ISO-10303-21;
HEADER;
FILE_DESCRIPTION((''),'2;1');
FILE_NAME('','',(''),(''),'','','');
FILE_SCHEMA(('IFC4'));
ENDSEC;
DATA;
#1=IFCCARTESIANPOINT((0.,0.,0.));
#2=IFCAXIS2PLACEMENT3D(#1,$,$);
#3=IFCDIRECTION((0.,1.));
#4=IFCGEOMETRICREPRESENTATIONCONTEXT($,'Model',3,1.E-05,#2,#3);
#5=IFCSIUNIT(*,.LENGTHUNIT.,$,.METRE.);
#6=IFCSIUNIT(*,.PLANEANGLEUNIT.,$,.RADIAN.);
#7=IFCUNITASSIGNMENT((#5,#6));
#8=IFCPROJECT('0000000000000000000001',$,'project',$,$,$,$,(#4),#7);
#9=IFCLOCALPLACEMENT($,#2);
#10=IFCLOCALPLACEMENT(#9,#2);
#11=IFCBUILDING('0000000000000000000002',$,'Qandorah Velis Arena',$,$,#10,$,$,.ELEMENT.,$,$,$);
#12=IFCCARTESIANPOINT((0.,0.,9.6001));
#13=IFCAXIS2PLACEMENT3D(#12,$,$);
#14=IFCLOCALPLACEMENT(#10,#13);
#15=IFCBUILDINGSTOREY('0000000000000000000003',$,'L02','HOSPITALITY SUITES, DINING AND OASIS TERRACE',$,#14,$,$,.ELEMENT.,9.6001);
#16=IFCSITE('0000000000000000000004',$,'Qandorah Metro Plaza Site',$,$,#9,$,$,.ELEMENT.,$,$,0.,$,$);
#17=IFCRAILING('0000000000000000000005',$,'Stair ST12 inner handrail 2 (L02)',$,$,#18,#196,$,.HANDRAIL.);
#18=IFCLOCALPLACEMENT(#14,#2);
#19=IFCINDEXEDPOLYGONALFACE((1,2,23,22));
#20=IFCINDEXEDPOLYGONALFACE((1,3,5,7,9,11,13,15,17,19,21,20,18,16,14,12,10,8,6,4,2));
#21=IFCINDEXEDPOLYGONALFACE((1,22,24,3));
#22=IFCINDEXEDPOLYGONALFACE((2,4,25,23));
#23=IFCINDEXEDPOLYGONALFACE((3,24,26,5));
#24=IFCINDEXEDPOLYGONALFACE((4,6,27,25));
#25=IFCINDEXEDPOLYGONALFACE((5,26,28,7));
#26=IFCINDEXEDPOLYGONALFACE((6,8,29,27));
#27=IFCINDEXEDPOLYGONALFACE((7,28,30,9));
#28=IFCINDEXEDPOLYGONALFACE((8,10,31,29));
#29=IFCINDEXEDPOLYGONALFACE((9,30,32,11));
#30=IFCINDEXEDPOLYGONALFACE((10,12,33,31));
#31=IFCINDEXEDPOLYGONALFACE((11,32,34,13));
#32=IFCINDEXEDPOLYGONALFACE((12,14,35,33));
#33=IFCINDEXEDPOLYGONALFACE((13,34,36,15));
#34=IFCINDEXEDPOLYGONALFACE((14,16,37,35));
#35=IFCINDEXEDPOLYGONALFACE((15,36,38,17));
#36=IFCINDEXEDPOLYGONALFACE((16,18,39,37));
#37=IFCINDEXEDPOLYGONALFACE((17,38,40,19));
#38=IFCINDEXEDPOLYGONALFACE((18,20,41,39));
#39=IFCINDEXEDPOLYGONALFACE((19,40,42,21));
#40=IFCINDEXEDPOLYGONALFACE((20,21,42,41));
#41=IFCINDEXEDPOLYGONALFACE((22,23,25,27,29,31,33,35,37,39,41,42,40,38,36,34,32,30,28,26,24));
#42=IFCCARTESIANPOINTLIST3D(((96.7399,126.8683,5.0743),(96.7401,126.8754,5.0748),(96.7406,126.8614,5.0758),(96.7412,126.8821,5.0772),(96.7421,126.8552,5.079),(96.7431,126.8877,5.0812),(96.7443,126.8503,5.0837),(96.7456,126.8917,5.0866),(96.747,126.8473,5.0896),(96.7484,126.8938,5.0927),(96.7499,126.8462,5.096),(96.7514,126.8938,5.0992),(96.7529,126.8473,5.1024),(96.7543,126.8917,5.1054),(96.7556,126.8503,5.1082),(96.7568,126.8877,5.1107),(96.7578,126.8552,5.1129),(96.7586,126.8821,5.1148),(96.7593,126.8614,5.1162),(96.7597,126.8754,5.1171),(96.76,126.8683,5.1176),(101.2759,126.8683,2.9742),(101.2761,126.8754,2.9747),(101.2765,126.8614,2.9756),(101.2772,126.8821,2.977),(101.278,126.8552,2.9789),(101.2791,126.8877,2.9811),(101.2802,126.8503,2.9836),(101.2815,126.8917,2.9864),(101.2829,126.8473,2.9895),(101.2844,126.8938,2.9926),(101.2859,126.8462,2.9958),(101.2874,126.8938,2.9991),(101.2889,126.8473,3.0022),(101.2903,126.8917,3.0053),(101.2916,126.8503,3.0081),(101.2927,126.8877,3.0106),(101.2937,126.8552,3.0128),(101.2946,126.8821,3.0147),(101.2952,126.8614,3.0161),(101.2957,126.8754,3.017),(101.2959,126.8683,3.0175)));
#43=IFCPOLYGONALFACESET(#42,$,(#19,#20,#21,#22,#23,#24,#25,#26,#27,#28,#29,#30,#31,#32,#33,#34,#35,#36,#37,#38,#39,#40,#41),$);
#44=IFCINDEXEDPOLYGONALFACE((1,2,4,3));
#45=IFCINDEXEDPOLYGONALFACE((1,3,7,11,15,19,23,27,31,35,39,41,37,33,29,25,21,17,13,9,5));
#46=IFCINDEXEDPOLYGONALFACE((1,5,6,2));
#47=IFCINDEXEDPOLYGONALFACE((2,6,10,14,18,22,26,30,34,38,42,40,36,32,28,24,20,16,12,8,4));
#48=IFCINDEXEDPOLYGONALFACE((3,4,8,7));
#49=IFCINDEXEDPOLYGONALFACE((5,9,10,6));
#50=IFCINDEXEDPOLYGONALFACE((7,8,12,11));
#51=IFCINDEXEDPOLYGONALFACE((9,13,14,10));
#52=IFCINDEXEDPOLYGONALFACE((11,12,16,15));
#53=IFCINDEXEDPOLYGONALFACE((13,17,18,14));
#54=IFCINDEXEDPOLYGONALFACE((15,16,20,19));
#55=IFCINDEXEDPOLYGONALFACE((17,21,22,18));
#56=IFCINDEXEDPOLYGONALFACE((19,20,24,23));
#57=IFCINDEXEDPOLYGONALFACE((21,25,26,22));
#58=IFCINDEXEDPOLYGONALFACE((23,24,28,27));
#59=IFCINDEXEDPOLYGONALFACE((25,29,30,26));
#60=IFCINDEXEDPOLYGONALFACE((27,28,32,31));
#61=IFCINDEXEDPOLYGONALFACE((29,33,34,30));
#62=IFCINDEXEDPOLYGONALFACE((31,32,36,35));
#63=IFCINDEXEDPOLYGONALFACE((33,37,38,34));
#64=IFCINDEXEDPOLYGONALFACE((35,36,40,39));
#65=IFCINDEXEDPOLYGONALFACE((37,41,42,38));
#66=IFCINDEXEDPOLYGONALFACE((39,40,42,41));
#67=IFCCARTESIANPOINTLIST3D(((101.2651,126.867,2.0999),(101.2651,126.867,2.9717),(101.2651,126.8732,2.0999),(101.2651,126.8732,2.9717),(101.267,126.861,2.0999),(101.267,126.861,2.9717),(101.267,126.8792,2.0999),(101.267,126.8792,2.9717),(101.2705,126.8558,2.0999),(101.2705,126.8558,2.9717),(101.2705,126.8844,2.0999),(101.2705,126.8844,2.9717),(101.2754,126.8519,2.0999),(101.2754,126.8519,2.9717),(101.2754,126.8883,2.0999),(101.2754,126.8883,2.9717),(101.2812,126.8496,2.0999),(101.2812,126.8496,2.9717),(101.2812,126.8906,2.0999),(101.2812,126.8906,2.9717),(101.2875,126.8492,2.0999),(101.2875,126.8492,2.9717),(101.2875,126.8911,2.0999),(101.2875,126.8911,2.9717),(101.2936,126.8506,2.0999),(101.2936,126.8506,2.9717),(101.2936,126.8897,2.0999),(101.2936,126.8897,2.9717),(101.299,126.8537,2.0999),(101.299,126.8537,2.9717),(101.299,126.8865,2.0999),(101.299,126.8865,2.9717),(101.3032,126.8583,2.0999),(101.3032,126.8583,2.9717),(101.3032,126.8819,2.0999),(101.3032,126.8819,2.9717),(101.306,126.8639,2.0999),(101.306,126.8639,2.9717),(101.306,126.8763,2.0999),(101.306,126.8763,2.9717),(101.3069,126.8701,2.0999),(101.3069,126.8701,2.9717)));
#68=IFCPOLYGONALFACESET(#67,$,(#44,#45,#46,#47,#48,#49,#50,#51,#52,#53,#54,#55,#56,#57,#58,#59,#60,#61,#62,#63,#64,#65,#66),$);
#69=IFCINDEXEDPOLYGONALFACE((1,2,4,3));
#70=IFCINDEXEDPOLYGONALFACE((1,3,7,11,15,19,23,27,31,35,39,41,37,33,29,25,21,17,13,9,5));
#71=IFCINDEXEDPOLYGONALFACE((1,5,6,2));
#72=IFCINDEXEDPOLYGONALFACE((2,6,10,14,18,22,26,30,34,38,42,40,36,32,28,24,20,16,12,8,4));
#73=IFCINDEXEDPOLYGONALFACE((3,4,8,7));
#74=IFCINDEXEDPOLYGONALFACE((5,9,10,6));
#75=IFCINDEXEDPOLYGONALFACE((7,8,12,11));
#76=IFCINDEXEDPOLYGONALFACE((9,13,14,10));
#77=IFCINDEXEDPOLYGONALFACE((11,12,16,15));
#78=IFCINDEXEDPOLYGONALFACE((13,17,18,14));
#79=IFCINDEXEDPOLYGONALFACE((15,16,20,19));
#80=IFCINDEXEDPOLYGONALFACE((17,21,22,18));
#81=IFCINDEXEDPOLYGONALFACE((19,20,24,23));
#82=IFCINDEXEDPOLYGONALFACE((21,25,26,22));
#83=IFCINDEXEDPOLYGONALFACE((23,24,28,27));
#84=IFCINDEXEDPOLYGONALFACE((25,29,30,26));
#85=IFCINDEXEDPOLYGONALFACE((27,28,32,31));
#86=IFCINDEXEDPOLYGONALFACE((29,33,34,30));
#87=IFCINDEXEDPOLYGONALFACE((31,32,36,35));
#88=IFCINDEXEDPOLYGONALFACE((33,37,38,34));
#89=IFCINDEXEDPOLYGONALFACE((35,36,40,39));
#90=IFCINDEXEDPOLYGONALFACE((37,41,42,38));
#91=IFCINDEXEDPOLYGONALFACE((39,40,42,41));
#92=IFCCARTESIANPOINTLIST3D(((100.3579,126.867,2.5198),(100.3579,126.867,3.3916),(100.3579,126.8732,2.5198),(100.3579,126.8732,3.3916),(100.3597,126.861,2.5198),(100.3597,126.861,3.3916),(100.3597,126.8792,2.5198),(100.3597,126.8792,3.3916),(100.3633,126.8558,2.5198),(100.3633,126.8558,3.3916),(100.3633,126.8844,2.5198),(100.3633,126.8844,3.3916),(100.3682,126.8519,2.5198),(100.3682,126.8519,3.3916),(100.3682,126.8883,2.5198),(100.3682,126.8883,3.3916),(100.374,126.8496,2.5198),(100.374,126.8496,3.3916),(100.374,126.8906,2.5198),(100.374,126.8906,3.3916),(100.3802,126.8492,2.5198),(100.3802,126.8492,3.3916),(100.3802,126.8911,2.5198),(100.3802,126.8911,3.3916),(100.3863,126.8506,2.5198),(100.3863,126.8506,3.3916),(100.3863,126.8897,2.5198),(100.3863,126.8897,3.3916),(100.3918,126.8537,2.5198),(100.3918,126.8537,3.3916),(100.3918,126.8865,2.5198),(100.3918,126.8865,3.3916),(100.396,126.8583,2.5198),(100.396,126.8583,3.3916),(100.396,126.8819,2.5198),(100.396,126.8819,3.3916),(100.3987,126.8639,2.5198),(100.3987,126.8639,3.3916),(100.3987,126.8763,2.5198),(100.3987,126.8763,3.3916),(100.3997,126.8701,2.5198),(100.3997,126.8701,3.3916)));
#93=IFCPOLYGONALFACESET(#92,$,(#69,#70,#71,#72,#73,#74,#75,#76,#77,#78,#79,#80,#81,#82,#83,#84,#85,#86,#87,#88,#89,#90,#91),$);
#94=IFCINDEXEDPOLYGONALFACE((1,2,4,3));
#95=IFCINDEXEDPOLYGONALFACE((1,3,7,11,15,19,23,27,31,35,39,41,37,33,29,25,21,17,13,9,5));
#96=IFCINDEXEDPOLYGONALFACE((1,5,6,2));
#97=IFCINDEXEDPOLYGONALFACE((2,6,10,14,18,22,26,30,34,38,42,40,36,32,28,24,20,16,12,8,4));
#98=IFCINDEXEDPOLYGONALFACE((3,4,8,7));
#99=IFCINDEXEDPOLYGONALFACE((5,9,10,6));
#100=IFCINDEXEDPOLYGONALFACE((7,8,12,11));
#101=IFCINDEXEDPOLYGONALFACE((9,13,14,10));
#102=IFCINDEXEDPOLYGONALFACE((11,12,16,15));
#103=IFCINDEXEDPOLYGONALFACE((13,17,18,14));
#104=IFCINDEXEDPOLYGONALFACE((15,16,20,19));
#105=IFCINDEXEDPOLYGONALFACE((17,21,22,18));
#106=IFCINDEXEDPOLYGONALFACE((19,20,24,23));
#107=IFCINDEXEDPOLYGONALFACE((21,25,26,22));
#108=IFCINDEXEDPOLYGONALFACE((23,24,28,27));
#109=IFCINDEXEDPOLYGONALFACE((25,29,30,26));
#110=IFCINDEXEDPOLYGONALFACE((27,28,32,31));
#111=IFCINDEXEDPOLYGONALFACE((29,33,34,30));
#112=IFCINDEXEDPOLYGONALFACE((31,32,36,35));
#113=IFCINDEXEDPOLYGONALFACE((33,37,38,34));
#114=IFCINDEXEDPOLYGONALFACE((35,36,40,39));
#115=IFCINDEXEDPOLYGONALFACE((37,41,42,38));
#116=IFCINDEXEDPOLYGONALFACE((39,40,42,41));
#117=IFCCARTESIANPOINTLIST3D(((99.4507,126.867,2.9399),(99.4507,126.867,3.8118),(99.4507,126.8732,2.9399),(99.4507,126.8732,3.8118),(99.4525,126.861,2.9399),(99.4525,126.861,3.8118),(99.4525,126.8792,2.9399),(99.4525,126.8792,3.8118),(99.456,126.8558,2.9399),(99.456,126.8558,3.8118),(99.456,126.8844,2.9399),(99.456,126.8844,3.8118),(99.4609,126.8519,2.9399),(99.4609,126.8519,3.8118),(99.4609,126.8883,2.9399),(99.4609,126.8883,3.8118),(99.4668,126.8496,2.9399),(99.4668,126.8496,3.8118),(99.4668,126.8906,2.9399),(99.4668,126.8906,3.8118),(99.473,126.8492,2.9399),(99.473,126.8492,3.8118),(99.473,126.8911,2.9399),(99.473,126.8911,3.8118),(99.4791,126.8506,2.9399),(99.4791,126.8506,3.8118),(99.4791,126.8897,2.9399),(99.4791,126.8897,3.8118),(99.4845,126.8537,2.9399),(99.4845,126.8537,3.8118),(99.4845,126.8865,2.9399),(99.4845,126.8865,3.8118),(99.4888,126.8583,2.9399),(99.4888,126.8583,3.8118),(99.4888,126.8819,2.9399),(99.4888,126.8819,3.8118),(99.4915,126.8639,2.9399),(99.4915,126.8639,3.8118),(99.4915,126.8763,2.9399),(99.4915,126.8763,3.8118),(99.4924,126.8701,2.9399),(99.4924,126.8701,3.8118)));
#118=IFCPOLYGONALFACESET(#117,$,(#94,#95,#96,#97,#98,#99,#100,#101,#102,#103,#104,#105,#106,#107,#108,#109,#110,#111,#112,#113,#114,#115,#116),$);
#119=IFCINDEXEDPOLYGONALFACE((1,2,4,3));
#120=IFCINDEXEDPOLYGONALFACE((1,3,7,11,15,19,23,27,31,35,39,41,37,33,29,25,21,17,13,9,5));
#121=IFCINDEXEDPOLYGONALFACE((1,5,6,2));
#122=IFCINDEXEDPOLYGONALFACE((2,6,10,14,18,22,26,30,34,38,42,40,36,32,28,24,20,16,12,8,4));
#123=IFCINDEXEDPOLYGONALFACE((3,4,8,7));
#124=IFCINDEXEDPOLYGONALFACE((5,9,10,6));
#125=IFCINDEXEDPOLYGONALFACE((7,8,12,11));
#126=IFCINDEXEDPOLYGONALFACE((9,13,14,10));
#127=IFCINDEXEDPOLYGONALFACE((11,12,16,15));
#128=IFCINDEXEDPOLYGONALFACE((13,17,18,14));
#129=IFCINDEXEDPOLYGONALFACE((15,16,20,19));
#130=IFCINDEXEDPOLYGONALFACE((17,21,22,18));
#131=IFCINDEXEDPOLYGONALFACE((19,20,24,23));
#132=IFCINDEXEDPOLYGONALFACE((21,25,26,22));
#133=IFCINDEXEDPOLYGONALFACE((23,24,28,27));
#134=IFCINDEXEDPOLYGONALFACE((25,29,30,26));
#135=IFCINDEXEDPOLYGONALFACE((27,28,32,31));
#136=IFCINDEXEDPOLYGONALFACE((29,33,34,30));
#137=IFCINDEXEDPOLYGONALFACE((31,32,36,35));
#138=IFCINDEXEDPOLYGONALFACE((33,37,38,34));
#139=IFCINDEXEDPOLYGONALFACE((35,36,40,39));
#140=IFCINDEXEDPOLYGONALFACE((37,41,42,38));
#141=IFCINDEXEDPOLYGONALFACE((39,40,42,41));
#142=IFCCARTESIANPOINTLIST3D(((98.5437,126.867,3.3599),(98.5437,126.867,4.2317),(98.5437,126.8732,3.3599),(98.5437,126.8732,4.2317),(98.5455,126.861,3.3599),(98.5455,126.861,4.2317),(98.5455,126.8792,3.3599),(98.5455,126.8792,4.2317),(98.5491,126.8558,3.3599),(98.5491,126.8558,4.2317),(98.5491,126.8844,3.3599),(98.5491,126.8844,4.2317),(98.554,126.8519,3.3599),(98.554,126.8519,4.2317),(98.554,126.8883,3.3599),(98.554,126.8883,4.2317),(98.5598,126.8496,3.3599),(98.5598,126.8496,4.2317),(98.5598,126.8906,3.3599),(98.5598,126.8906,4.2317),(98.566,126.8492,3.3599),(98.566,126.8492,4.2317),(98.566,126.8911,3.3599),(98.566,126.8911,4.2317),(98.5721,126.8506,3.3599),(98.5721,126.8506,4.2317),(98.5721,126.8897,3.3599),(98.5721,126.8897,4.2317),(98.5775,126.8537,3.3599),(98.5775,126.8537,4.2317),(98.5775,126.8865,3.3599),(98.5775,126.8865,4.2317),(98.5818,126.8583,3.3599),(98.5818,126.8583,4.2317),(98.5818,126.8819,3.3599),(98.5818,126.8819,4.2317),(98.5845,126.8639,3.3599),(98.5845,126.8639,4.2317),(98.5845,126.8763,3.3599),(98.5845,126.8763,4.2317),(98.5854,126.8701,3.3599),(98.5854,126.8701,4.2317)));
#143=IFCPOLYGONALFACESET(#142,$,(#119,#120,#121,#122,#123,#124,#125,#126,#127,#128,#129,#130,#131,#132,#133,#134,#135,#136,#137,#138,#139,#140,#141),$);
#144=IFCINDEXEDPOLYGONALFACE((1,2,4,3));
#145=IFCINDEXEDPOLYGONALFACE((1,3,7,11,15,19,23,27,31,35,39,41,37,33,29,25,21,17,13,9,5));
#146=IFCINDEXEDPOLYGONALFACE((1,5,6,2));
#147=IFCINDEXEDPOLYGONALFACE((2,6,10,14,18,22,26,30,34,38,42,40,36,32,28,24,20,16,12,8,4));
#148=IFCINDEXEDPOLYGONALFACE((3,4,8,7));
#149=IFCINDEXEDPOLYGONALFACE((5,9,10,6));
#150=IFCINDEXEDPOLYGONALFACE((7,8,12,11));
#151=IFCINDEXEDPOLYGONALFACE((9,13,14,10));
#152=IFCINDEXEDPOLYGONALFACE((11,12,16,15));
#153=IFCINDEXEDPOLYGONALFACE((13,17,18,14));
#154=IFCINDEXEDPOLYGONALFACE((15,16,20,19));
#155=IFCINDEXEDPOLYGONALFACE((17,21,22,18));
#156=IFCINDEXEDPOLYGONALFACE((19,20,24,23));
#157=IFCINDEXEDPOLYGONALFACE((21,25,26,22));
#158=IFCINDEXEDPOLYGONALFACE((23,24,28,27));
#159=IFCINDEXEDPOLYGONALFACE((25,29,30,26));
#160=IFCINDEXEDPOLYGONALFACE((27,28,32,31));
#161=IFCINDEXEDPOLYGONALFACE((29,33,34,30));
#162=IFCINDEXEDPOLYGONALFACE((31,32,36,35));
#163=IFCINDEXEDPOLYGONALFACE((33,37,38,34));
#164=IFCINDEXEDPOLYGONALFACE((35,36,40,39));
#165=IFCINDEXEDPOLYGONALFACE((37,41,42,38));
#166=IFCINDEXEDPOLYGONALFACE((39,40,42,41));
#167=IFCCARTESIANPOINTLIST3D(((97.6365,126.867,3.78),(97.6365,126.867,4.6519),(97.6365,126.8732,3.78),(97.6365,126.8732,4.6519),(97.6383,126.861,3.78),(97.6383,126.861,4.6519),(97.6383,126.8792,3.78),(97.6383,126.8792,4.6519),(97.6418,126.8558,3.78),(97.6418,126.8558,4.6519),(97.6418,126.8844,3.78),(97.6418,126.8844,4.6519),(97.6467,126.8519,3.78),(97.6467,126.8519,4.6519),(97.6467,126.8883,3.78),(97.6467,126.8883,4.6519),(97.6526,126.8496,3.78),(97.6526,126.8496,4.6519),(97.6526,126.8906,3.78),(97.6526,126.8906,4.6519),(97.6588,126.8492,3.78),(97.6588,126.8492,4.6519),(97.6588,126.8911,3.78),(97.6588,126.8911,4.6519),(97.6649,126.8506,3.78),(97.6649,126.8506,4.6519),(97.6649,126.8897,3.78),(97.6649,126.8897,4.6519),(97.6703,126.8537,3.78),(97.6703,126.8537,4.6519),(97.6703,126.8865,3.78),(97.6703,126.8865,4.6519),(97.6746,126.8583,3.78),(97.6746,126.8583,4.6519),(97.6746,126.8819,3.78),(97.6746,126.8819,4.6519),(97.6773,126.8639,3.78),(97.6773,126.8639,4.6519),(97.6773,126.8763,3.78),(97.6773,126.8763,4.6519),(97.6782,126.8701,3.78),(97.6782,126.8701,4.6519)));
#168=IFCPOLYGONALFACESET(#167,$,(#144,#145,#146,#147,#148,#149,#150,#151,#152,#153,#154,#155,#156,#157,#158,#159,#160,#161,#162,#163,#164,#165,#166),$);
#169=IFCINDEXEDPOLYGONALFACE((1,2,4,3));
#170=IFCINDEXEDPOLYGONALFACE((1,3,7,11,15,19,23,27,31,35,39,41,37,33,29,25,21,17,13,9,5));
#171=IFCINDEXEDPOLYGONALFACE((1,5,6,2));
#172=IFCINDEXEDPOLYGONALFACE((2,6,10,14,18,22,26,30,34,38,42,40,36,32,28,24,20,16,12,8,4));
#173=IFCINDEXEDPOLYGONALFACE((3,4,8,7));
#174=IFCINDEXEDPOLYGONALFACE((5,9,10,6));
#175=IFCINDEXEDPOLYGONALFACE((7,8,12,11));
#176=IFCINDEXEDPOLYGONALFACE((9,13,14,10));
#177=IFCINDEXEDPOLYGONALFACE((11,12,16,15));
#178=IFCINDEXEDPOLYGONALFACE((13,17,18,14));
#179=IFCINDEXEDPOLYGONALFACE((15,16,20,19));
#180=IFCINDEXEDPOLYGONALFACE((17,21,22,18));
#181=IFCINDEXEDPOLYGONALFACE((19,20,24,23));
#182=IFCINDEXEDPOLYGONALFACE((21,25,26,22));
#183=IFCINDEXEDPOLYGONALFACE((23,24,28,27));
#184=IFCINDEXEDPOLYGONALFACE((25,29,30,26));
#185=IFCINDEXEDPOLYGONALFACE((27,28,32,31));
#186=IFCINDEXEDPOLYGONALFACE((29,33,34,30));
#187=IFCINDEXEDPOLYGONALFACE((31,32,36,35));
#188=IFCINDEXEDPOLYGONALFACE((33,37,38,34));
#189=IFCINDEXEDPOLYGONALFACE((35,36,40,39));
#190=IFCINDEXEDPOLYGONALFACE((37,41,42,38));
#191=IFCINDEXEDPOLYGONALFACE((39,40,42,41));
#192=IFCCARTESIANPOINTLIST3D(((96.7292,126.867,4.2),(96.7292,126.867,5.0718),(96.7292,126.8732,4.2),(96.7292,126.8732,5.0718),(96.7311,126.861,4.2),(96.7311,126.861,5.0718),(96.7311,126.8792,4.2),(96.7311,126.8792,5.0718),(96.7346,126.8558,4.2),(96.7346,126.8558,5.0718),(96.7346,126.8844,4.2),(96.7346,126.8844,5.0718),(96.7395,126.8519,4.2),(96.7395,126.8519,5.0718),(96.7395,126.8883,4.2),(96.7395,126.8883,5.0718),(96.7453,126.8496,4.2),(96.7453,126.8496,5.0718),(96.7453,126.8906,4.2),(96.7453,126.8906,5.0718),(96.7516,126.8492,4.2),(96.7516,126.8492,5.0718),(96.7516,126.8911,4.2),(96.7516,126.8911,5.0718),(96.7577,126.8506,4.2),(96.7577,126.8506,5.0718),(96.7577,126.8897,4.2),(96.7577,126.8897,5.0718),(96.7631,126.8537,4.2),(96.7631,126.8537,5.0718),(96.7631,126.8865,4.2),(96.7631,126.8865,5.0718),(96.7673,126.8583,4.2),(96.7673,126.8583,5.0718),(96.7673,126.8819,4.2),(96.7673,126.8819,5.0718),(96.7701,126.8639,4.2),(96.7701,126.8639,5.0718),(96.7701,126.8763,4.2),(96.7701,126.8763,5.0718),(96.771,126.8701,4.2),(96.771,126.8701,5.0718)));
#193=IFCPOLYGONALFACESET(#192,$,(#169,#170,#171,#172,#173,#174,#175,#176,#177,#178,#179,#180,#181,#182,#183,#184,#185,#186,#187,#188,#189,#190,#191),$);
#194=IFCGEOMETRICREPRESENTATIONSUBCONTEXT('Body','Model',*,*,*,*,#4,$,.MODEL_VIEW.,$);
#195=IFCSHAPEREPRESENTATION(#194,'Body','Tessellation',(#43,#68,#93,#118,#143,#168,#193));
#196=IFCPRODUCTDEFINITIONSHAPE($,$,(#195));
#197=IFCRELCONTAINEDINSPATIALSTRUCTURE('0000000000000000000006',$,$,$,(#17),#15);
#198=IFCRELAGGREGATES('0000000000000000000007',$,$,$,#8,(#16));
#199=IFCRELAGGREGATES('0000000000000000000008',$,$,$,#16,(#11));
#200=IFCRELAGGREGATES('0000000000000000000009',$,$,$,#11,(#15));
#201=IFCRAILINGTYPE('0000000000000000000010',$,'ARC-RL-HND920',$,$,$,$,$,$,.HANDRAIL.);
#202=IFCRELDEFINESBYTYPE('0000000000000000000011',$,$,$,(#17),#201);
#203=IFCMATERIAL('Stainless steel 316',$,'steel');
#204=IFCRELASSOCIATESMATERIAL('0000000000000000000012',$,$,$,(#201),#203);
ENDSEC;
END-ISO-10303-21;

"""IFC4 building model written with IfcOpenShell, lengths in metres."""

from ifc_helpers import new_model, si_unit, direction, frame, origin, origin_2d, place, context, subcontext, project, spatial, circle, extrude, material, type_object, element, save


model = new_model("IFC4")

# Units and contexts
model_context = context("Model", 3, precision=1e-05, world=origin(), true_north=direction((0.0, 1.0)))
body_context = subcontext(model_context, "Body", "Model", "MODEL_VIEW")
ifc_project = project(units=[si_unit("LENGTHUNIT", "METRE"), si_unit("PLANEANGLEUNIT", "RADIAN")], contexts=[model_context])

# Site, building, storey
site_placement = place(None, origin())
site = spatial("IfcSite", under=ifc_project, at=site_placement, Name="Qandorah Metro Plaza Site", CompositionType="ELEMENT", RefElevation=0.0)
building_placement = place(site_placement, origin())
building = spatial("IfcBuilding", under=site, at=building_placement, Name="Qandorah Velis Arena", CompositionType="ELEMENT")
storey_placement = place(building_placement, frame((0.0, 0.0, 9.6001)))
storey = spatial("IfcBuildingStorey", under=building, at=storey_placement, Name="L02", Description="HOSPITALITY SUITES, DINING AND OASIS TERRACE", CompositionType="ELEMENT", Elevation=9.6001)

# Railing
ifc_material_1 = material(Name="Stainless steel 316", Category="steel")
railing_type_1 = type_object("IfcRailingType", Name="ARC-RL-HND920", PredefinedType="HANDRAIL", material=ifc_material_1)
railing_1_placement = place(storey_placement, frame((101.2859, 126.8701, 2.0999)))
element("IfcRailing", 1, at=railing_1_placement, inside=storey, type_object=railing_type_1, Name="Stair ST12 inner handrail 2 (L02)", PredefinedType="HANDRAIL", context=body_context, shape_type="SweptSolid", body=[
    extrude(circle(Radius=0.0239, at=origin_2d()), frame((0.0, 0.0, 0.896), z_axis=(-0.907456, 0.0, 0.420148), x_axis=(0.0, -1.0, 0.0)), (0.0, 0.0, 1.0), 4.9985),
    extrude(circle(Radius=0.021, at=origin_2d()), origin(), (0.0, 0.0, 1.0), 0.8718),
    extrude(circle(Radius=0.021, at=origin_2d()), frame((-0.9072, 0.0, 0.4199)), (0.0, 0.0, 1.0), 0.8718),
    extrude(circle(Radius=0.021, at=origin_2d()), frame((-1.8145, 0.0, 0.8401)), (0.0, 0.0, 1.0), 0.8718),
    extrude(circle(Radius=0.021, at=origin_2d()), frame((-2.7214, 0.0, 1.26)), (0.0, 0.0, 1.0), 0.8718),
    extrude(circle(Radius=0.021, at=origin_2d()), frame((-3.6287, 0.0, 1.6802)), (0.0, 0.0, 1.0), 0.8718),
    extrude(circle(Radius=0.021, at=origin_2d()), frame((-4.5359, 0.0, 2.1001)), (0.0, 0.0, 1.0), 0.8718),
])

save(model, "model.ifc")
